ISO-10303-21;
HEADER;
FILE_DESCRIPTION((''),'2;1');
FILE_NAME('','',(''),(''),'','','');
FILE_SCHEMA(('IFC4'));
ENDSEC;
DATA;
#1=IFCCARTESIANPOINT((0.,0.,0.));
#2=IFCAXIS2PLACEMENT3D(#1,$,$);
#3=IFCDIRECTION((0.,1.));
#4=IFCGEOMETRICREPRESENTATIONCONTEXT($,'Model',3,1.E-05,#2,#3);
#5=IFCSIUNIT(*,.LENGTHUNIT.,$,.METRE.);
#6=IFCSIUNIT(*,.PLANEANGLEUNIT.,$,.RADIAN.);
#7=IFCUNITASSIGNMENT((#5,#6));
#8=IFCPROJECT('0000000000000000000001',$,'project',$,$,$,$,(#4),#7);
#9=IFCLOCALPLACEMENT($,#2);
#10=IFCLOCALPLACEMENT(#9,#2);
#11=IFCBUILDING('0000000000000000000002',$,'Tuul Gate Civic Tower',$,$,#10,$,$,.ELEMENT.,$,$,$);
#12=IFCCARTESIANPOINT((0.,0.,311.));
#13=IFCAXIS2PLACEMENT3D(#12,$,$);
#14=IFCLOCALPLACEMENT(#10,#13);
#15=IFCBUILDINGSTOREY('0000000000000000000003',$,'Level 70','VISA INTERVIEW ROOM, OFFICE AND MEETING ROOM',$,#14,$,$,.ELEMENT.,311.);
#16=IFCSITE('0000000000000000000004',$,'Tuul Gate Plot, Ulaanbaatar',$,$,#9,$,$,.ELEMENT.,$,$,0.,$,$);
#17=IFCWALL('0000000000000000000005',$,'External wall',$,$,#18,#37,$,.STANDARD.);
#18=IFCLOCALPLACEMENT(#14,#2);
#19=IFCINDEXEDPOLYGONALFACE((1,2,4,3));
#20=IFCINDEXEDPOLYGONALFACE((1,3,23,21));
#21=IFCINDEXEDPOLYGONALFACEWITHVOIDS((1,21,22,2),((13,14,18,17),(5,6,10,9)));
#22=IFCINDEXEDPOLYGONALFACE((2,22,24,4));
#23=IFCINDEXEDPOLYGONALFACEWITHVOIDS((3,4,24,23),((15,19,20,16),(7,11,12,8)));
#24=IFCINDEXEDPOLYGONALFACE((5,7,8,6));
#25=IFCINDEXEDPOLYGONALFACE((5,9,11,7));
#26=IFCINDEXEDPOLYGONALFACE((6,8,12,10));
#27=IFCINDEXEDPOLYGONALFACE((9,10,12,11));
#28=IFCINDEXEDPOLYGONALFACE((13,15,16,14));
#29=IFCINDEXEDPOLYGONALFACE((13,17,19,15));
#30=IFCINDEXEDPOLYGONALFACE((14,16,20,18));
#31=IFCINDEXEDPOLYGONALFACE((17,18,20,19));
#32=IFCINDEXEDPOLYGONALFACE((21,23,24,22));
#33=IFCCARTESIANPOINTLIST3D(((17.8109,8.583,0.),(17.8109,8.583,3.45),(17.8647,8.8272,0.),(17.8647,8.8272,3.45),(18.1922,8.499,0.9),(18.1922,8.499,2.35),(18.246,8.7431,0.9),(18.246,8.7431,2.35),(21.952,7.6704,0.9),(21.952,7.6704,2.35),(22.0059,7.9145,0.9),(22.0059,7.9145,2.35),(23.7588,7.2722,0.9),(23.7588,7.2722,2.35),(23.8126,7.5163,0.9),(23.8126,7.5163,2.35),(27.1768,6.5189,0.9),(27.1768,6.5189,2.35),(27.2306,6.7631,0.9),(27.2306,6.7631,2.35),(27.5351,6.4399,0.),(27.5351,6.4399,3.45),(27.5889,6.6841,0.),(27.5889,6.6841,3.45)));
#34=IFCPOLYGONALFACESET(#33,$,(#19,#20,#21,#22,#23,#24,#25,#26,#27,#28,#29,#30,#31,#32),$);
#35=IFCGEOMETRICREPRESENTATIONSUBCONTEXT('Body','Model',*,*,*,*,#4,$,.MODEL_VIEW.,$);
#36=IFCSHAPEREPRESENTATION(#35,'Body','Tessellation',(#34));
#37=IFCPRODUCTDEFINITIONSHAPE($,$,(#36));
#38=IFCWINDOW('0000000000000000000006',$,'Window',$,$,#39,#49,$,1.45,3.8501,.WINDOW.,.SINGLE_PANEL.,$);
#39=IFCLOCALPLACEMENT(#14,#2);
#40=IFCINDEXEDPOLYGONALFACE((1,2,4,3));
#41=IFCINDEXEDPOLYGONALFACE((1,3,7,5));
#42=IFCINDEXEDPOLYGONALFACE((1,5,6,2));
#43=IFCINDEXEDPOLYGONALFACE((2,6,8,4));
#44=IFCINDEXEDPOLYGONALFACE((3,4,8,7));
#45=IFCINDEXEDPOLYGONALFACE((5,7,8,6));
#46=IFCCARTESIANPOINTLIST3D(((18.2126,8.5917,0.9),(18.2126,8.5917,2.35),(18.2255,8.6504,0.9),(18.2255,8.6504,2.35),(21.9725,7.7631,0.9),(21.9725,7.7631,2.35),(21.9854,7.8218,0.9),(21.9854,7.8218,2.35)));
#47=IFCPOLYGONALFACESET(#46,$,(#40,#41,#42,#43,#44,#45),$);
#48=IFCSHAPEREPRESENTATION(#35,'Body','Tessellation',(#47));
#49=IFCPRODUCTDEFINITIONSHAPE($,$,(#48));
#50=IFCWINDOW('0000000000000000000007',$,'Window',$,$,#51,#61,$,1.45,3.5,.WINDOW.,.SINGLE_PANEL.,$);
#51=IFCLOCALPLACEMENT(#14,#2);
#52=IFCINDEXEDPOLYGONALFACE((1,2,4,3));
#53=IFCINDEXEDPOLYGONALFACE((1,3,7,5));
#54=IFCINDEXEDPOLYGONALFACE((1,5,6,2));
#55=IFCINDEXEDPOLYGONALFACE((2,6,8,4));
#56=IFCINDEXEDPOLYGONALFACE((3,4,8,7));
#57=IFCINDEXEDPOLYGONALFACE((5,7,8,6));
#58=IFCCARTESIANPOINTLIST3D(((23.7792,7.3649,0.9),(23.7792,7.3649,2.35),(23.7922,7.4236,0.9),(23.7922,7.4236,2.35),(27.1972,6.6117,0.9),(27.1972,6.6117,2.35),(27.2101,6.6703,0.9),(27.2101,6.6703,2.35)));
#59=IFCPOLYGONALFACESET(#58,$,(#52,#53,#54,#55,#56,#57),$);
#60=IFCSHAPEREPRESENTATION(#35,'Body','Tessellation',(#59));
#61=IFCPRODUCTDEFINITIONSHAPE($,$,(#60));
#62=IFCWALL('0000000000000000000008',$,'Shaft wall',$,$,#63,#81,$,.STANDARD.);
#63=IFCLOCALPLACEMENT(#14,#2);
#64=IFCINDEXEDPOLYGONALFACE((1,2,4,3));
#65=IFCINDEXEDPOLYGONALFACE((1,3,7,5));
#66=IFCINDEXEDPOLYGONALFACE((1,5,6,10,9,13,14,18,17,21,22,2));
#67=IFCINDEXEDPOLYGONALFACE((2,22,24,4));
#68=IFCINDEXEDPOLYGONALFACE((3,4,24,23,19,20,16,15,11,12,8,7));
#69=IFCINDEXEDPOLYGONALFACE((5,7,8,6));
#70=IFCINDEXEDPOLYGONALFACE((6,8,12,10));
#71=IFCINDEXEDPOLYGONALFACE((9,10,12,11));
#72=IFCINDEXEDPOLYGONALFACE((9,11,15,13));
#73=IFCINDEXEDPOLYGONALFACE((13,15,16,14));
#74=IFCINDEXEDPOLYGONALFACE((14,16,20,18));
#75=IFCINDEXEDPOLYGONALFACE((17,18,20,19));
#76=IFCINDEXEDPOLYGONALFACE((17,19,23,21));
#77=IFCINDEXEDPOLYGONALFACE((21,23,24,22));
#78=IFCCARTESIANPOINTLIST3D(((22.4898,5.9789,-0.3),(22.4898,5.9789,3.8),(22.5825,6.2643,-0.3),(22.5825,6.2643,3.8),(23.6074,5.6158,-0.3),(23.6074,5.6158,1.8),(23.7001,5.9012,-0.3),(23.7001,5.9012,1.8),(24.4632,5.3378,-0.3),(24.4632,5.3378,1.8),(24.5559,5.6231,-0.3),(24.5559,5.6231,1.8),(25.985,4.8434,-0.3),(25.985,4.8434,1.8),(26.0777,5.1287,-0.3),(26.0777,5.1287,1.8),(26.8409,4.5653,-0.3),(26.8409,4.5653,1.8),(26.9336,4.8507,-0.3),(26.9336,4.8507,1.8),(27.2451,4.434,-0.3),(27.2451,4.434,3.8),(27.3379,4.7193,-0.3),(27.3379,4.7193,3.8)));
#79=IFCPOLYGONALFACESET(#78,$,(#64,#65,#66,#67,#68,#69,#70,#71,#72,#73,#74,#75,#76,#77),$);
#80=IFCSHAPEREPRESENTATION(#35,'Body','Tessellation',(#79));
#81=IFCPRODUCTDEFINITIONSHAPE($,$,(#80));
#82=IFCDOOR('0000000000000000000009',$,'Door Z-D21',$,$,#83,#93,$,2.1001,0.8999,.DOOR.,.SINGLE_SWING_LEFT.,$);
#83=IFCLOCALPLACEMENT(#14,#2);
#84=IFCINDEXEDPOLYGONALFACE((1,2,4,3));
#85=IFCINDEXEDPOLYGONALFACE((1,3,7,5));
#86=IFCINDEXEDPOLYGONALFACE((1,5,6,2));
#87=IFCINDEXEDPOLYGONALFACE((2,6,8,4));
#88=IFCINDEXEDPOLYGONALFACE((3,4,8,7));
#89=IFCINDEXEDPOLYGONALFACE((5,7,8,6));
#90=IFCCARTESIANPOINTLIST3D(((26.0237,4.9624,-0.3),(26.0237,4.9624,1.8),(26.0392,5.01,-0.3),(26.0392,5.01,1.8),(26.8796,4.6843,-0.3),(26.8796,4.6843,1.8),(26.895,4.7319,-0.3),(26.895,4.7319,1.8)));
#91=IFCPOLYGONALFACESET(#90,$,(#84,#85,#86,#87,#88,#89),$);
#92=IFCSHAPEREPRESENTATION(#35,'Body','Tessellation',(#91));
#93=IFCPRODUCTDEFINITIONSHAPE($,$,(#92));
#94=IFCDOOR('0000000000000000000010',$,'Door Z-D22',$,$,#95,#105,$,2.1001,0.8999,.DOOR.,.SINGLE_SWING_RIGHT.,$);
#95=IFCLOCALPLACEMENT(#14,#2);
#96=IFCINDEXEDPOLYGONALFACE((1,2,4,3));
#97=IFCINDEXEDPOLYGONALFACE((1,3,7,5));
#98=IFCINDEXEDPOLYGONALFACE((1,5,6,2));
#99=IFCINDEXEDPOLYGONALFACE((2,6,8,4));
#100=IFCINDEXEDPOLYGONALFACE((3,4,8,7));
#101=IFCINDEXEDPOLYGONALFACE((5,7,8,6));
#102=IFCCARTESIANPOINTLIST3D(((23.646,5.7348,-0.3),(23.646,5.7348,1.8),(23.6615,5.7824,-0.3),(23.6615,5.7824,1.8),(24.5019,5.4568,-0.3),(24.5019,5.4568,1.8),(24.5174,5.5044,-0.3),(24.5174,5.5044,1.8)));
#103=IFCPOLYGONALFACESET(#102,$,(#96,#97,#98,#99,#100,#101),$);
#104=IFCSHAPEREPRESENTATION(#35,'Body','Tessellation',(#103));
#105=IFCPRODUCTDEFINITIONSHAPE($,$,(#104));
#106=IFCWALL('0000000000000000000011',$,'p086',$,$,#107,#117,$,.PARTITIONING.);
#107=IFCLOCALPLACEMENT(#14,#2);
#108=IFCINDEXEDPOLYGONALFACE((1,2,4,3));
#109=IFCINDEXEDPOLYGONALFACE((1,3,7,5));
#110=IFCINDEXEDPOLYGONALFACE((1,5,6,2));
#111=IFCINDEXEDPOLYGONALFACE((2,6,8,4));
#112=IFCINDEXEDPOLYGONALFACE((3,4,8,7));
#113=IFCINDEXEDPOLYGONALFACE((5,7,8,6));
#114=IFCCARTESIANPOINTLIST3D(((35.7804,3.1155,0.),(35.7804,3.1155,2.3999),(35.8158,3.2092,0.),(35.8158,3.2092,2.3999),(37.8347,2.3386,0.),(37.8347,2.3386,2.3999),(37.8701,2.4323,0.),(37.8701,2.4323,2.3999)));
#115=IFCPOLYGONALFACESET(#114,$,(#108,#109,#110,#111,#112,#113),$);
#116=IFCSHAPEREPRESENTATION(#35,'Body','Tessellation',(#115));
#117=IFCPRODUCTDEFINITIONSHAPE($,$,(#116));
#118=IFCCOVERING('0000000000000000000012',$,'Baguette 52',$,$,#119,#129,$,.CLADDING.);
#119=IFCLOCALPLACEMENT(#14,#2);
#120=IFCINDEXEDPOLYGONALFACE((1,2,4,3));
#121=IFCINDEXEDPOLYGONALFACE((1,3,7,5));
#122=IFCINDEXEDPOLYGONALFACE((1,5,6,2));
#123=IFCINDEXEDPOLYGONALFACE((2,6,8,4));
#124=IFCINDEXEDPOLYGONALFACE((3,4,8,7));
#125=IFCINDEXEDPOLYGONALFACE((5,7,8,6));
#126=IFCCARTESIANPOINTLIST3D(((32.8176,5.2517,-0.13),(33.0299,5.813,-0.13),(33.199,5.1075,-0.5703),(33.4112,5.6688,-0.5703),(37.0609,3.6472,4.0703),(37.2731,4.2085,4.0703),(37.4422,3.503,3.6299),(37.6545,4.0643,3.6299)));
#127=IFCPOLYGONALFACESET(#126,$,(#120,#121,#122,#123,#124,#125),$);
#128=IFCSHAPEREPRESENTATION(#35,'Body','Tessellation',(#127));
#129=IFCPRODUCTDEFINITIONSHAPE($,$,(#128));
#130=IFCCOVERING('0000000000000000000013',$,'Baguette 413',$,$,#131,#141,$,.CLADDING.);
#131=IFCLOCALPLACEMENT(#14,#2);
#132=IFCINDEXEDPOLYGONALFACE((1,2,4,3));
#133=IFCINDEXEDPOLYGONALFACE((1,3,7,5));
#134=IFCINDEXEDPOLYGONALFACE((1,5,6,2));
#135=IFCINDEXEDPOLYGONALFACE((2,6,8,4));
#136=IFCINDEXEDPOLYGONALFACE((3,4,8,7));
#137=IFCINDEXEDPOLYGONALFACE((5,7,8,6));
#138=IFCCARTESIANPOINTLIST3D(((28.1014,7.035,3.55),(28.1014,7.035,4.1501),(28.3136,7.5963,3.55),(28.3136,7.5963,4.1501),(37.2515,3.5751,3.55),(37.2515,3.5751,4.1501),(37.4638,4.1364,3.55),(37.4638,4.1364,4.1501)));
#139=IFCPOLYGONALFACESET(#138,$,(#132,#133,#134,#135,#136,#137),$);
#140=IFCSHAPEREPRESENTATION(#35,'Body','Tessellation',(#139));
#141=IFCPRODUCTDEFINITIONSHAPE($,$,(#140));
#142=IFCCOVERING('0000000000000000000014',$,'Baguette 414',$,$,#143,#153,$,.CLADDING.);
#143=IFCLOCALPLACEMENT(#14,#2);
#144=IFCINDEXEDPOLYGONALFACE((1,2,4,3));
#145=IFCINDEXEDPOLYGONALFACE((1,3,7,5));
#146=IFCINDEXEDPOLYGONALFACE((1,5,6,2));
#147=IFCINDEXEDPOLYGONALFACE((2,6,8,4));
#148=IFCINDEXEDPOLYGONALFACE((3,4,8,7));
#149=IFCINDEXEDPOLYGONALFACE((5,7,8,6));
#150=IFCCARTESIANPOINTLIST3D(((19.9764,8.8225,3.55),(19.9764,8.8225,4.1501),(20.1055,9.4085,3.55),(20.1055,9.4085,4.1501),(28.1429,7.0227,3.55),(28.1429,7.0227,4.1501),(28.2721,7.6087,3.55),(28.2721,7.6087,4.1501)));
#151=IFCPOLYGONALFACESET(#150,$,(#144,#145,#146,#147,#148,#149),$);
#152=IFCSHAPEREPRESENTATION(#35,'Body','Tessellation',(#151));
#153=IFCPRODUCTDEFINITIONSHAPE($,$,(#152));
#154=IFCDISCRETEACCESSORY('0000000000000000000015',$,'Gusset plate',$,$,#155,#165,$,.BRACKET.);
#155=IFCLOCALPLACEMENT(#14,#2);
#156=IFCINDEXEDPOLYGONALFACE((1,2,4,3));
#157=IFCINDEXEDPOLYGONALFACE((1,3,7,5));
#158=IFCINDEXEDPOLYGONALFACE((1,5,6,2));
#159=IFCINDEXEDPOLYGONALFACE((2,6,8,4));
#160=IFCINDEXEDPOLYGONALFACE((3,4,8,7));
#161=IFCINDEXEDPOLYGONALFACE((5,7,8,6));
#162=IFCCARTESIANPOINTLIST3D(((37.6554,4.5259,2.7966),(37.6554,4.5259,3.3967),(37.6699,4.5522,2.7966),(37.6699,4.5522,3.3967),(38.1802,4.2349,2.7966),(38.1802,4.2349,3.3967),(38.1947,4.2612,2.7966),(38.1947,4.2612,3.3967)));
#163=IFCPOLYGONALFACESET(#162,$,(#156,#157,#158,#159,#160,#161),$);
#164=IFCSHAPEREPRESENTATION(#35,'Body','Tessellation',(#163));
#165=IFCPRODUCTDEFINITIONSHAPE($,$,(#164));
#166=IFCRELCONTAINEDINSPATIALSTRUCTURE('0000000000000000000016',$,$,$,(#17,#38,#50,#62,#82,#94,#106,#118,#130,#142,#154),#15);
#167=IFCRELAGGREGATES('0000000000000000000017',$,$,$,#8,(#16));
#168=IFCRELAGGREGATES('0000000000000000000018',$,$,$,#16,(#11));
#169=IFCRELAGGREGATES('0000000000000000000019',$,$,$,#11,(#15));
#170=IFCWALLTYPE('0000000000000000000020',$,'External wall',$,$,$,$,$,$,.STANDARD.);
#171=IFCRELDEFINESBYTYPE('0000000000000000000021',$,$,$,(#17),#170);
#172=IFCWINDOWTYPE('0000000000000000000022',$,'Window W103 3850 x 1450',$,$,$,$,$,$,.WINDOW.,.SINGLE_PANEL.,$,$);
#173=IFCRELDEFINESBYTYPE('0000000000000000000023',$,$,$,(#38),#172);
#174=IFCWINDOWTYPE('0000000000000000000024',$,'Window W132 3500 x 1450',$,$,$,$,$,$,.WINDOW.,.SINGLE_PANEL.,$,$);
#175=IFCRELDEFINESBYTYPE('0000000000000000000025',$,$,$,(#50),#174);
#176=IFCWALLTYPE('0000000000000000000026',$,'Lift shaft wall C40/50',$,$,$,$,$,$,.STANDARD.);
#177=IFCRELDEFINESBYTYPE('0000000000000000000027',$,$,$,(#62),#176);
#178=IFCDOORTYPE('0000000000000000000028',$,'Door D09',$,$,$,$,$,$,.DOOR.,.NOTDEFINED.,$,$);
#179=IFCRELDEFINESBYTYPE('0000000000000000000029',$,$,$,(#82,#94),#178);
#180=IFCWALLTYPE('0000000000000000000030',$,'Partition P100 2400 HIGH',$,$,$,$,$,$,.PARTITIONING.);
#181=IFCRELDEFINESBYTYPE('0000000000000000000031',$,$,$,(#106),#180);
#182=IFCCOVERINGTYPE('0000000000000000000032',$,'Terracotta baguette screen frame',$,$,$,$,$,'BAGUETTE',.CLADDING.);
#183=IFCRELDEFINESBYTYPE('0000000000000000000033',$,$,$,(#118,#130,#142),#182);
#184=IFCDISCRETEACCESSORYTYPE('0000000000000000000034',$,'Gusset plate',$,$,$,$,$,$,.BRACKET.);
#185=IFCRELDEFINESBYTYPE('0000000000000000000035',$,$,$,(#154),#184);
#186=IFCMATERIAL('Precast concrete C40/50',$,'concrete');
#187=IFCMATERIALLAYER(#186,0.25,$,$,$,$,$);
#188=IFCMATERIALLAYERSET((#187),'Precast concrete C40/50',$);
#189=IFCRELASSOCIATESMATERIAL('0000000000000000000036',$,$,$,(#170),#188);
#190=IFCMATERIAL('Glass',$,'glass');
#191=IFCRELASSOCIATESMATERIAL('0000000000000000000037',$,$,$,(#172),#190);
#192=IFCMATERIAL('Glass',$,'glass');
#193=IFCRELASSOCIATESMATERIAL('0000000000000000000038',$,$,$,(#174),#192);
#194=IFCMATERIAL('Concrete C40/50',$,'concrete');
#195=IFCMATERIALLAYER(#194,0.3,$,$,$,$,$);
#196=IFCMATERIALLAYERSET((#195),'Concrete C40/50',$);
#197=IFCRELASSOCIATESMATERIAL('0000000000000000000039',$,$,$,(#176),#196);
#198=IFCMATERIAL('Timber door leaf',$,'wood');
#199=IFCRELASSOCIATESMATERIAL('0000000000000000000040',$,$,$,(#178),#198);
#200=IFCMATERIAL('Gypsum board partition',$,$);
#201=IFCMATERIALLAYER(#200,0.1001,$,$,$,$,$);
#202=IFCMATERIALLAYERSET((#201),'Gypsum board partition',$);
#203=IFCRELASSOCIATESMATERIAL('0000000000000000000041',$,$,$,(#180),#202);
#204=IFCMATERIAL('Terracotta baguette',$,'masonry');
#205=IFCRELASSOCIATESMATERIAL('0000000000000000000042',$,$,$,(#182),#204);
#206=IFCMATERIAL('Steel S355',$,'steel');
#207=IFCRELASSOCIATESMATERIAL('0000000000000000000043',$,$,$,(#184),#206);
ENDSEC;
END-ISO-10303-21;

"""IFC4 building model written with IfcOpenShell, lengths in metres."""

from ifc_helpers import new_model, si_unit, direction, frame, frame_2d, origin, origin_2d, place, context, subcontext, project, spatial, rectangle, extrude, material, layer, layer_set, material_profile, profile_set, type_object, element, fill, save


model = new_model("IFC4")

# Units and contexts
model_context = context("Model", 3, precision=1e-05, world=origin(), true_north=direction((0.0, 1.0)))
body_context = subcontext(model_context, "Body", "Model", "MODEL_VIEW")
ifc_project = project(units=[si_unit("LENGTHUNIT", "METRE"), si_unit("PLANEANGLEUNIT", "RADIAN")], contexts=[model_context])

# Site, building, storey
site_placement = place(None, origin())
site = spatial("IfcSite", under=ifc_project, at=site_placement, Name="Tuul Gate Plot, Ulaanbaatar", CompositionType="ELEMENT", RefElevation=0.0)
building_placement = place(site_placement, origin())
building = spatial("IfcBuilding", under=site, at=building_placement, Name="Tuul Gate Civic Tower", CompositionType="ELEMENT")
storey_placement = place(building_placement, frame((0.0, 0.0, 311.0)))
storey = spatial("IfcBuildingStorey", under=building, at=storey_placement, Name="Level 70", Description="VISA INTERVIEW ROOM, OFFICE AND MEETING ROOM", CompositionType="ELEMENT", Elevation=311.0)

# Wall, openings, windows
ifc_material_1 = material(Name="Precast concrete C40/50", Category="concrete")
ifc_layer_1 = layer(ifc_material_1, 0.25)
ifc_layer_set_1 = layer_set([ifc_layer_1], Name="Precast concrete C40/50")
wall_type_1 = type_object("IfcWallType", Name="External wall", PredefinedType="STANDARD", material=ifc_layer_set_1)
ifc_material_2 = material(Name="Glass", Category="glass")
window_type_1 = type_object("IfcWindowType", Name="Window W103 3850 x 1450", PartitioningType="SINGLE_PANEL", PredefinedType="WINDOW", material=ifc_material_2)
wall_1_placement = place(storey_placement, frame((27.562, 6.562, 0.0), z_axis=(0.0, 0.0, 1.0), x_axis=(-0.976565, 0.215222, 0.0)))
wall_1 = element("IfcWall", 1, at=wall_1_placement, inside=storey, type_object=wall_type_1, Name="External wall", PredefinedType="STANDARD", context=body_context, shape_type="SweptSolid", body=[
    extrude(rectangle(XDim=9.9575, YDim=0.25, at=frame_2d((4.9788, 0.0))), origin(), (0.0, 0.0, 1.0), 3.45),
])
opening_1_placement = place(wall_1_placement, frame((5.717, 0.0, 0.8999)))
opening_1 = element("IfcOpeningElement", 2, at=opening_1_placement, cuts=wall_1, PredefinedType="OPENING", context=body_context, shape_type="SweptSolid", body=[
    extrude(rectangle(XDim=3.8501, YDim=1.45, at=frame_2d((1.925, 0.7251))), frame((0.0, 0.135, 0.0), z_axis=(0.0, -1.0, 0.0), x_axis=(1.0, 0.0, 0.0)), (0.0, 0.0, 1.0), 0.27),
])
opening_2_placement = place(wall_1_placement, frame((0.3669, 0.0, 0.8999)))
opening_2 = element("IfcOpeningElement", 3, at=opening_2_placement, cuts=wall_1, PredefinedType="OPENING", context=body_context, shape_type="SweptSolid", body=[
    extrude(rectangle(XDim=3.5, YDim=1.45, at=frame_2d((1.75, 0.7251))), frame((0.0, 0.135, 0.0), z_axis=(0.0, -1.0, 0.0), x_axis=(1.0, 0.0, 0.0)), (0.0, 0.0, 1.0), 0.27),
])
window_1_placement = place(opening_1_placement, origin())
window_1 = element("IfcWindow", 4, at=window_1_placement, inside=storey, type_object=window_type_1, Name="Window", OverallHeight=1.45, OverallWidth=3.8501, PartitioningType="SINGLE_PANEL", PredefinedType="WINDOW", context=body_context, shape_type="SweptSolid", body=[
    extrude(rectangle(XDim=3.8501, YDim=1.45, at=frame_2d((1.925, 0.7251))), frame((0.0, 0.03, 0.0), z_axis=(0.0, -1.0, 0.0), x_axis=(1.0, 0.0, 0.0)), (0.0, 0.0, 1.0), 0.0601),
])
fill(opening_1, window_1)
ifc_material_3 = material(Name="Glass", Category="glass")
window_type_2 = type_object("IfcWindowType", Name="Window W132 3500 x 1450", PartitioningType="SINGLE_PANEL", PredefinedType="WINDOW", material=ifc_material_3)
window_2_placement = place(opening_2_placement, origin())
window_2 = element("IfcWindow", 5, at=window_2_placement, inside=storey, type_object=window_type_2, Name="Window", OverallHeight=1.45, OverallWidth=3.5, PartitioningType="SINGLE_PANEL", PredefinedType="WINDOW", context=body_context, shape_type="SweptSolid", body=[
    extrude(rectangle(XDim=3.5, YDim=1.45, at=frame_2d((1.75, 0.7251))), frame((0.0, 0.03, 0.0), z_axis=(0.0, -1.0, 0.0), x_axis=(1.0, 0.0, 0.0)), (0.0, 0.0, 1.0), 0.0601),
])
fill(opening_2, window_2)

# Wall, openings, doors
ifc_material_4 = material(Name="Concrete C40/50", Category="concrete")
ifc_layer_2 = layer(ifc_material_4, 0.3)
ifc_layer_set_2 = layer_set([ifc_layer_2], Name="Concrete C40/50")
wall_type_2 = type_object("IfcWallType", Name="Lift shaft wall C40/50", PredefinedType="STANDARD", material=ifc_layer_set_2)
wall_2_placement = place(storey_placement, frame((27.2915, 4.5767, -0.3), z_axis=(0.0, 0.0, 1.0), x_axis=(-0.951068, 0.308982, 0.0)))
wall_2 = element("IfcWall", 6, at=wall_2_placement, inside=storey, type_object=wall_type_2, Name="Shaft wall", PredefinedType="STANDARD", context=body_context, shape_type="SweptSolid", body=[
    extrude(rectangle(XDim=5.0, YDim=0.3, at=frame_2d((2.5, 0.0))), origin(), (0.0, 0.0, 1.0), 4.1001),
])
opening_3_placement = place(wall_2_placement, frame((0.425, 0.0, 0.0)))
opening_3 = element("IfcOpeningElement", 7, at=opening_3_placement, cuts=wall_2, PredefinedType="OPENING", context=body_context, shape_type="SweptSolid", body=[
    extrude(rectangle(XDim=0.8999, YDim=2.1001, at=frame_2d((0.45, 1.05))), frame((0.0, 0.1602, 0.0), z_axis=(0.0, -1.0, 0.0), x_axis=(1.0, 0.0, 0.0)), (0.0, 0.0, 1.0), 0.3201),
])
opening_4_placement = place(wall_2_placement, frame((2.925, 0.0, 0.0)))
opening_4 = element("IfcOpeningElement", 8, at=opening_4_placement, cuts=wall_2, PredefinedType="OPENING", context=body_context, shape_type="SweptSolid", body=[
    extrude(rectangle(XDim=0.8999, YDim=2.1001, at=frame_2d((0.45, 1.05))), frame((0.0, 0.1602, 0.0), z_axis=(0.0, -1.0, 0.0), x_axis=(1.0, 0.0, 0.0)), (0.0, 0.0, 1.0), 0.3201),
])
ifc_material_5 = material(Name="Timber door leaf", Category="wood")
door_type = type_object("IfcDoorType", Name="Door D09", OperationType="NOTDEFINED", PredefinedType="DOOR", material=ifc_material_5)
door_1_placement = place(opening_3_placement, origin())
door_1 = element("IfcDoor", 9, at=door_1_placement, inside=storey, type_object=door_type, Name="Door Z-D21", OperationType="SINGLE_SWING_LEFT", OverallHeight=2.1001, OverallWidth=0.8999, PredefinedType="DOOR", context=body_context, shape_type="SweptSolid", body=[
    extrude(rectangle(XDim=0.8999, YDim=2.1001, at=frame_2d((0.45, 1.05))), frame((0.0, 0.0249, 0.0), z_axis=(0.0, -1.0, 0.0), x_axis=(1.0, 0.0, 0.0)), (0.0, 0.0, 1.0), 0.05),
])
fill(opening_3, door_1)
door_2_placement = place(opening_4_placement, origin())
door_2 = element("IfcDoor", 10, at=door_2_placement, inside=storey, type_object=door_type, Name="Door Z-D22", OperationType="SINGLE_SWING_RIGHT", OverallHeight=2.1001, OverallWidth=0.8999, PredefinedType="DOOR", context=body_context, shape_type="SweptSolid", body=[
    extrude(rectangle(XDim=0.8999, YDim=2.1001, at=frame_2d((0.45, 1.05))), frame((0.0, 0.0249, 0.0), z_axis=(0.0, -1.0, 0.0), x_axis=(1.0, 0.0, 0.0)), (0.0, 0.0, 1.0), 0.05),
])
fill(opening_4, door_2)

# Wall
ifc_material_6 = material(Name="Gypsum board partition")
ifc_layer_3 = layer(ifc_material_6, 0.1001)
ifc_layer_set_3 = layer_set([ifc_layer_3], Name="Gypsum board partition")
wall_type_3 = type_object("IfcWallType", Name="Partition P100 2400 HIGH", PredefinedType="PARTITIONING", material=ifc_layer_set_3)
wall_3_placement = place(storey_placement, frame((35.7981, 3.1624, 0.0), z_axis=(0.0, 0.0, 1.0), x_axis=(0.935348, -0.353729, 0.0)))
element("IfcWall", 11, at=wall_3_placement, inside=storey, type_object=wall_type_3, Name="p086", PredefinedType="PARTITIONING", context=body_context, shape_type="SweptSolid", body=[
    extrude(rectangle(XDim=2.1963, YDim=0.1001, at=frame_2d((1.0981, 0.0))), origin(), (0.0, 0.0, 1.0), 2.3999),
])

# Coverings
ifc_material_7 = material(Name="Terracotta baguette", Category="masonry")
ifc_material_profile_1 = material_profile(ifc_material_7, rectangle(XDim=0.6001, YDim=0.6001, at=origin_2d()), Name="Terracotta baguette screen frame")
ifc_profile_set_1 = profile_set([ifc_material_profile_1], Name="Terracotta baguette")
covering_type = type_object("IfcCoveringType", Name="Terracotta baguette screen frame", ElementType="BAGUETTE", PredefinedType="CLADDING", material=ifc_profile_set_1)
covering_1_placement = place(storey_placement, frame((37.3577, 3.8557, 3.8501), z_axis=(-0.686344, 0.259531, -0.679394), x_axis=(-0.353694, -0.935361, 0.0)))
element("IfcCovering", 12, at=covering_1_placement, inside=storey, type_object=covering_type, Name="Baguette 52", PredefinedType="CLADDING", context=body_context, shape_type="SweptSolid", body=[
    extrude(rectangle(XDim=0.6001, YDim=0.6001, at=origin_2d()), origin(), (0.0, 0.0, 1.0), 6.1824),
])
covering_2_placement = place(storey_placement, frame((37.3577, 3.8557, 3.8501), z_axis=(-0.935363, 0.35369, 0.0), x_axis=(-0.35369, -0.935363, 0.0)))
element("IfcCovering", 13, at=covering_2_placement, inside=storey, type_object=covering_type, Name="Baguette 413", PredefinedType="CLADDING", context=body_context, shape_type="SweptSolid", body=[
    extrude(rectangle(XDim=0.6001, YDim=0.6001, at=origin_2d()), origin(), (0.0, 0.0, 1.0), 9.7825),
])
covering_3_placement = place(storey_placement, frame((28.2075, 7.3157, 3.8501), z_axis=(-0.976565, 0.215224, 0.0), x_axis=(-0.215224, -0.976565, 0.0)))
element("IfcCovering", 14, at=covering_3_placement, inside=storey, type_object=covering_type, Name="Baguette 414", PredefinedType="CLADDING", context=body_context, shape_type="SweptSolid", body=[
    extrude(rectangle(XDim=0.6001, YDim=0.6001, at=origin_2d()), origin(), (0.0, 0.0, 1.0), 8.3625),
])

# Discrete accessory
ifc_material_8 = material(Name="Steel S355", Category="steel")
discrete_accessory_type = type_object("IfcDiscreteAccessoryType", Name="Gusset plate", PredefinedType="BRACKET", material=ifc_material_8)
for number, where, z_axis, x_axis, name in (
    (15, (37.925, 4.3936, 2.7966), (0.0, 0.0, 1.0), (0.874585, -0.484871, 0.0), "Gusset plate"),
):
    element("IfcDiscreteAccessory", number, at=place(storey_placement, frame(where, z_axis=z_axis, x_axis=x_axis)), inside=storey, type_object=discrete_accessory_type, Name=name, PredefinedType="BRACKET", context=body_context, shape_type="SweptSolid", body=[
        extrude(rectangle(XDim=0.6001, YDim=0.03, at=origin_2d()), origin(), (0.0, 0.0, 1.0), 0.6001),
    ])

save(model, "model.ifc")
